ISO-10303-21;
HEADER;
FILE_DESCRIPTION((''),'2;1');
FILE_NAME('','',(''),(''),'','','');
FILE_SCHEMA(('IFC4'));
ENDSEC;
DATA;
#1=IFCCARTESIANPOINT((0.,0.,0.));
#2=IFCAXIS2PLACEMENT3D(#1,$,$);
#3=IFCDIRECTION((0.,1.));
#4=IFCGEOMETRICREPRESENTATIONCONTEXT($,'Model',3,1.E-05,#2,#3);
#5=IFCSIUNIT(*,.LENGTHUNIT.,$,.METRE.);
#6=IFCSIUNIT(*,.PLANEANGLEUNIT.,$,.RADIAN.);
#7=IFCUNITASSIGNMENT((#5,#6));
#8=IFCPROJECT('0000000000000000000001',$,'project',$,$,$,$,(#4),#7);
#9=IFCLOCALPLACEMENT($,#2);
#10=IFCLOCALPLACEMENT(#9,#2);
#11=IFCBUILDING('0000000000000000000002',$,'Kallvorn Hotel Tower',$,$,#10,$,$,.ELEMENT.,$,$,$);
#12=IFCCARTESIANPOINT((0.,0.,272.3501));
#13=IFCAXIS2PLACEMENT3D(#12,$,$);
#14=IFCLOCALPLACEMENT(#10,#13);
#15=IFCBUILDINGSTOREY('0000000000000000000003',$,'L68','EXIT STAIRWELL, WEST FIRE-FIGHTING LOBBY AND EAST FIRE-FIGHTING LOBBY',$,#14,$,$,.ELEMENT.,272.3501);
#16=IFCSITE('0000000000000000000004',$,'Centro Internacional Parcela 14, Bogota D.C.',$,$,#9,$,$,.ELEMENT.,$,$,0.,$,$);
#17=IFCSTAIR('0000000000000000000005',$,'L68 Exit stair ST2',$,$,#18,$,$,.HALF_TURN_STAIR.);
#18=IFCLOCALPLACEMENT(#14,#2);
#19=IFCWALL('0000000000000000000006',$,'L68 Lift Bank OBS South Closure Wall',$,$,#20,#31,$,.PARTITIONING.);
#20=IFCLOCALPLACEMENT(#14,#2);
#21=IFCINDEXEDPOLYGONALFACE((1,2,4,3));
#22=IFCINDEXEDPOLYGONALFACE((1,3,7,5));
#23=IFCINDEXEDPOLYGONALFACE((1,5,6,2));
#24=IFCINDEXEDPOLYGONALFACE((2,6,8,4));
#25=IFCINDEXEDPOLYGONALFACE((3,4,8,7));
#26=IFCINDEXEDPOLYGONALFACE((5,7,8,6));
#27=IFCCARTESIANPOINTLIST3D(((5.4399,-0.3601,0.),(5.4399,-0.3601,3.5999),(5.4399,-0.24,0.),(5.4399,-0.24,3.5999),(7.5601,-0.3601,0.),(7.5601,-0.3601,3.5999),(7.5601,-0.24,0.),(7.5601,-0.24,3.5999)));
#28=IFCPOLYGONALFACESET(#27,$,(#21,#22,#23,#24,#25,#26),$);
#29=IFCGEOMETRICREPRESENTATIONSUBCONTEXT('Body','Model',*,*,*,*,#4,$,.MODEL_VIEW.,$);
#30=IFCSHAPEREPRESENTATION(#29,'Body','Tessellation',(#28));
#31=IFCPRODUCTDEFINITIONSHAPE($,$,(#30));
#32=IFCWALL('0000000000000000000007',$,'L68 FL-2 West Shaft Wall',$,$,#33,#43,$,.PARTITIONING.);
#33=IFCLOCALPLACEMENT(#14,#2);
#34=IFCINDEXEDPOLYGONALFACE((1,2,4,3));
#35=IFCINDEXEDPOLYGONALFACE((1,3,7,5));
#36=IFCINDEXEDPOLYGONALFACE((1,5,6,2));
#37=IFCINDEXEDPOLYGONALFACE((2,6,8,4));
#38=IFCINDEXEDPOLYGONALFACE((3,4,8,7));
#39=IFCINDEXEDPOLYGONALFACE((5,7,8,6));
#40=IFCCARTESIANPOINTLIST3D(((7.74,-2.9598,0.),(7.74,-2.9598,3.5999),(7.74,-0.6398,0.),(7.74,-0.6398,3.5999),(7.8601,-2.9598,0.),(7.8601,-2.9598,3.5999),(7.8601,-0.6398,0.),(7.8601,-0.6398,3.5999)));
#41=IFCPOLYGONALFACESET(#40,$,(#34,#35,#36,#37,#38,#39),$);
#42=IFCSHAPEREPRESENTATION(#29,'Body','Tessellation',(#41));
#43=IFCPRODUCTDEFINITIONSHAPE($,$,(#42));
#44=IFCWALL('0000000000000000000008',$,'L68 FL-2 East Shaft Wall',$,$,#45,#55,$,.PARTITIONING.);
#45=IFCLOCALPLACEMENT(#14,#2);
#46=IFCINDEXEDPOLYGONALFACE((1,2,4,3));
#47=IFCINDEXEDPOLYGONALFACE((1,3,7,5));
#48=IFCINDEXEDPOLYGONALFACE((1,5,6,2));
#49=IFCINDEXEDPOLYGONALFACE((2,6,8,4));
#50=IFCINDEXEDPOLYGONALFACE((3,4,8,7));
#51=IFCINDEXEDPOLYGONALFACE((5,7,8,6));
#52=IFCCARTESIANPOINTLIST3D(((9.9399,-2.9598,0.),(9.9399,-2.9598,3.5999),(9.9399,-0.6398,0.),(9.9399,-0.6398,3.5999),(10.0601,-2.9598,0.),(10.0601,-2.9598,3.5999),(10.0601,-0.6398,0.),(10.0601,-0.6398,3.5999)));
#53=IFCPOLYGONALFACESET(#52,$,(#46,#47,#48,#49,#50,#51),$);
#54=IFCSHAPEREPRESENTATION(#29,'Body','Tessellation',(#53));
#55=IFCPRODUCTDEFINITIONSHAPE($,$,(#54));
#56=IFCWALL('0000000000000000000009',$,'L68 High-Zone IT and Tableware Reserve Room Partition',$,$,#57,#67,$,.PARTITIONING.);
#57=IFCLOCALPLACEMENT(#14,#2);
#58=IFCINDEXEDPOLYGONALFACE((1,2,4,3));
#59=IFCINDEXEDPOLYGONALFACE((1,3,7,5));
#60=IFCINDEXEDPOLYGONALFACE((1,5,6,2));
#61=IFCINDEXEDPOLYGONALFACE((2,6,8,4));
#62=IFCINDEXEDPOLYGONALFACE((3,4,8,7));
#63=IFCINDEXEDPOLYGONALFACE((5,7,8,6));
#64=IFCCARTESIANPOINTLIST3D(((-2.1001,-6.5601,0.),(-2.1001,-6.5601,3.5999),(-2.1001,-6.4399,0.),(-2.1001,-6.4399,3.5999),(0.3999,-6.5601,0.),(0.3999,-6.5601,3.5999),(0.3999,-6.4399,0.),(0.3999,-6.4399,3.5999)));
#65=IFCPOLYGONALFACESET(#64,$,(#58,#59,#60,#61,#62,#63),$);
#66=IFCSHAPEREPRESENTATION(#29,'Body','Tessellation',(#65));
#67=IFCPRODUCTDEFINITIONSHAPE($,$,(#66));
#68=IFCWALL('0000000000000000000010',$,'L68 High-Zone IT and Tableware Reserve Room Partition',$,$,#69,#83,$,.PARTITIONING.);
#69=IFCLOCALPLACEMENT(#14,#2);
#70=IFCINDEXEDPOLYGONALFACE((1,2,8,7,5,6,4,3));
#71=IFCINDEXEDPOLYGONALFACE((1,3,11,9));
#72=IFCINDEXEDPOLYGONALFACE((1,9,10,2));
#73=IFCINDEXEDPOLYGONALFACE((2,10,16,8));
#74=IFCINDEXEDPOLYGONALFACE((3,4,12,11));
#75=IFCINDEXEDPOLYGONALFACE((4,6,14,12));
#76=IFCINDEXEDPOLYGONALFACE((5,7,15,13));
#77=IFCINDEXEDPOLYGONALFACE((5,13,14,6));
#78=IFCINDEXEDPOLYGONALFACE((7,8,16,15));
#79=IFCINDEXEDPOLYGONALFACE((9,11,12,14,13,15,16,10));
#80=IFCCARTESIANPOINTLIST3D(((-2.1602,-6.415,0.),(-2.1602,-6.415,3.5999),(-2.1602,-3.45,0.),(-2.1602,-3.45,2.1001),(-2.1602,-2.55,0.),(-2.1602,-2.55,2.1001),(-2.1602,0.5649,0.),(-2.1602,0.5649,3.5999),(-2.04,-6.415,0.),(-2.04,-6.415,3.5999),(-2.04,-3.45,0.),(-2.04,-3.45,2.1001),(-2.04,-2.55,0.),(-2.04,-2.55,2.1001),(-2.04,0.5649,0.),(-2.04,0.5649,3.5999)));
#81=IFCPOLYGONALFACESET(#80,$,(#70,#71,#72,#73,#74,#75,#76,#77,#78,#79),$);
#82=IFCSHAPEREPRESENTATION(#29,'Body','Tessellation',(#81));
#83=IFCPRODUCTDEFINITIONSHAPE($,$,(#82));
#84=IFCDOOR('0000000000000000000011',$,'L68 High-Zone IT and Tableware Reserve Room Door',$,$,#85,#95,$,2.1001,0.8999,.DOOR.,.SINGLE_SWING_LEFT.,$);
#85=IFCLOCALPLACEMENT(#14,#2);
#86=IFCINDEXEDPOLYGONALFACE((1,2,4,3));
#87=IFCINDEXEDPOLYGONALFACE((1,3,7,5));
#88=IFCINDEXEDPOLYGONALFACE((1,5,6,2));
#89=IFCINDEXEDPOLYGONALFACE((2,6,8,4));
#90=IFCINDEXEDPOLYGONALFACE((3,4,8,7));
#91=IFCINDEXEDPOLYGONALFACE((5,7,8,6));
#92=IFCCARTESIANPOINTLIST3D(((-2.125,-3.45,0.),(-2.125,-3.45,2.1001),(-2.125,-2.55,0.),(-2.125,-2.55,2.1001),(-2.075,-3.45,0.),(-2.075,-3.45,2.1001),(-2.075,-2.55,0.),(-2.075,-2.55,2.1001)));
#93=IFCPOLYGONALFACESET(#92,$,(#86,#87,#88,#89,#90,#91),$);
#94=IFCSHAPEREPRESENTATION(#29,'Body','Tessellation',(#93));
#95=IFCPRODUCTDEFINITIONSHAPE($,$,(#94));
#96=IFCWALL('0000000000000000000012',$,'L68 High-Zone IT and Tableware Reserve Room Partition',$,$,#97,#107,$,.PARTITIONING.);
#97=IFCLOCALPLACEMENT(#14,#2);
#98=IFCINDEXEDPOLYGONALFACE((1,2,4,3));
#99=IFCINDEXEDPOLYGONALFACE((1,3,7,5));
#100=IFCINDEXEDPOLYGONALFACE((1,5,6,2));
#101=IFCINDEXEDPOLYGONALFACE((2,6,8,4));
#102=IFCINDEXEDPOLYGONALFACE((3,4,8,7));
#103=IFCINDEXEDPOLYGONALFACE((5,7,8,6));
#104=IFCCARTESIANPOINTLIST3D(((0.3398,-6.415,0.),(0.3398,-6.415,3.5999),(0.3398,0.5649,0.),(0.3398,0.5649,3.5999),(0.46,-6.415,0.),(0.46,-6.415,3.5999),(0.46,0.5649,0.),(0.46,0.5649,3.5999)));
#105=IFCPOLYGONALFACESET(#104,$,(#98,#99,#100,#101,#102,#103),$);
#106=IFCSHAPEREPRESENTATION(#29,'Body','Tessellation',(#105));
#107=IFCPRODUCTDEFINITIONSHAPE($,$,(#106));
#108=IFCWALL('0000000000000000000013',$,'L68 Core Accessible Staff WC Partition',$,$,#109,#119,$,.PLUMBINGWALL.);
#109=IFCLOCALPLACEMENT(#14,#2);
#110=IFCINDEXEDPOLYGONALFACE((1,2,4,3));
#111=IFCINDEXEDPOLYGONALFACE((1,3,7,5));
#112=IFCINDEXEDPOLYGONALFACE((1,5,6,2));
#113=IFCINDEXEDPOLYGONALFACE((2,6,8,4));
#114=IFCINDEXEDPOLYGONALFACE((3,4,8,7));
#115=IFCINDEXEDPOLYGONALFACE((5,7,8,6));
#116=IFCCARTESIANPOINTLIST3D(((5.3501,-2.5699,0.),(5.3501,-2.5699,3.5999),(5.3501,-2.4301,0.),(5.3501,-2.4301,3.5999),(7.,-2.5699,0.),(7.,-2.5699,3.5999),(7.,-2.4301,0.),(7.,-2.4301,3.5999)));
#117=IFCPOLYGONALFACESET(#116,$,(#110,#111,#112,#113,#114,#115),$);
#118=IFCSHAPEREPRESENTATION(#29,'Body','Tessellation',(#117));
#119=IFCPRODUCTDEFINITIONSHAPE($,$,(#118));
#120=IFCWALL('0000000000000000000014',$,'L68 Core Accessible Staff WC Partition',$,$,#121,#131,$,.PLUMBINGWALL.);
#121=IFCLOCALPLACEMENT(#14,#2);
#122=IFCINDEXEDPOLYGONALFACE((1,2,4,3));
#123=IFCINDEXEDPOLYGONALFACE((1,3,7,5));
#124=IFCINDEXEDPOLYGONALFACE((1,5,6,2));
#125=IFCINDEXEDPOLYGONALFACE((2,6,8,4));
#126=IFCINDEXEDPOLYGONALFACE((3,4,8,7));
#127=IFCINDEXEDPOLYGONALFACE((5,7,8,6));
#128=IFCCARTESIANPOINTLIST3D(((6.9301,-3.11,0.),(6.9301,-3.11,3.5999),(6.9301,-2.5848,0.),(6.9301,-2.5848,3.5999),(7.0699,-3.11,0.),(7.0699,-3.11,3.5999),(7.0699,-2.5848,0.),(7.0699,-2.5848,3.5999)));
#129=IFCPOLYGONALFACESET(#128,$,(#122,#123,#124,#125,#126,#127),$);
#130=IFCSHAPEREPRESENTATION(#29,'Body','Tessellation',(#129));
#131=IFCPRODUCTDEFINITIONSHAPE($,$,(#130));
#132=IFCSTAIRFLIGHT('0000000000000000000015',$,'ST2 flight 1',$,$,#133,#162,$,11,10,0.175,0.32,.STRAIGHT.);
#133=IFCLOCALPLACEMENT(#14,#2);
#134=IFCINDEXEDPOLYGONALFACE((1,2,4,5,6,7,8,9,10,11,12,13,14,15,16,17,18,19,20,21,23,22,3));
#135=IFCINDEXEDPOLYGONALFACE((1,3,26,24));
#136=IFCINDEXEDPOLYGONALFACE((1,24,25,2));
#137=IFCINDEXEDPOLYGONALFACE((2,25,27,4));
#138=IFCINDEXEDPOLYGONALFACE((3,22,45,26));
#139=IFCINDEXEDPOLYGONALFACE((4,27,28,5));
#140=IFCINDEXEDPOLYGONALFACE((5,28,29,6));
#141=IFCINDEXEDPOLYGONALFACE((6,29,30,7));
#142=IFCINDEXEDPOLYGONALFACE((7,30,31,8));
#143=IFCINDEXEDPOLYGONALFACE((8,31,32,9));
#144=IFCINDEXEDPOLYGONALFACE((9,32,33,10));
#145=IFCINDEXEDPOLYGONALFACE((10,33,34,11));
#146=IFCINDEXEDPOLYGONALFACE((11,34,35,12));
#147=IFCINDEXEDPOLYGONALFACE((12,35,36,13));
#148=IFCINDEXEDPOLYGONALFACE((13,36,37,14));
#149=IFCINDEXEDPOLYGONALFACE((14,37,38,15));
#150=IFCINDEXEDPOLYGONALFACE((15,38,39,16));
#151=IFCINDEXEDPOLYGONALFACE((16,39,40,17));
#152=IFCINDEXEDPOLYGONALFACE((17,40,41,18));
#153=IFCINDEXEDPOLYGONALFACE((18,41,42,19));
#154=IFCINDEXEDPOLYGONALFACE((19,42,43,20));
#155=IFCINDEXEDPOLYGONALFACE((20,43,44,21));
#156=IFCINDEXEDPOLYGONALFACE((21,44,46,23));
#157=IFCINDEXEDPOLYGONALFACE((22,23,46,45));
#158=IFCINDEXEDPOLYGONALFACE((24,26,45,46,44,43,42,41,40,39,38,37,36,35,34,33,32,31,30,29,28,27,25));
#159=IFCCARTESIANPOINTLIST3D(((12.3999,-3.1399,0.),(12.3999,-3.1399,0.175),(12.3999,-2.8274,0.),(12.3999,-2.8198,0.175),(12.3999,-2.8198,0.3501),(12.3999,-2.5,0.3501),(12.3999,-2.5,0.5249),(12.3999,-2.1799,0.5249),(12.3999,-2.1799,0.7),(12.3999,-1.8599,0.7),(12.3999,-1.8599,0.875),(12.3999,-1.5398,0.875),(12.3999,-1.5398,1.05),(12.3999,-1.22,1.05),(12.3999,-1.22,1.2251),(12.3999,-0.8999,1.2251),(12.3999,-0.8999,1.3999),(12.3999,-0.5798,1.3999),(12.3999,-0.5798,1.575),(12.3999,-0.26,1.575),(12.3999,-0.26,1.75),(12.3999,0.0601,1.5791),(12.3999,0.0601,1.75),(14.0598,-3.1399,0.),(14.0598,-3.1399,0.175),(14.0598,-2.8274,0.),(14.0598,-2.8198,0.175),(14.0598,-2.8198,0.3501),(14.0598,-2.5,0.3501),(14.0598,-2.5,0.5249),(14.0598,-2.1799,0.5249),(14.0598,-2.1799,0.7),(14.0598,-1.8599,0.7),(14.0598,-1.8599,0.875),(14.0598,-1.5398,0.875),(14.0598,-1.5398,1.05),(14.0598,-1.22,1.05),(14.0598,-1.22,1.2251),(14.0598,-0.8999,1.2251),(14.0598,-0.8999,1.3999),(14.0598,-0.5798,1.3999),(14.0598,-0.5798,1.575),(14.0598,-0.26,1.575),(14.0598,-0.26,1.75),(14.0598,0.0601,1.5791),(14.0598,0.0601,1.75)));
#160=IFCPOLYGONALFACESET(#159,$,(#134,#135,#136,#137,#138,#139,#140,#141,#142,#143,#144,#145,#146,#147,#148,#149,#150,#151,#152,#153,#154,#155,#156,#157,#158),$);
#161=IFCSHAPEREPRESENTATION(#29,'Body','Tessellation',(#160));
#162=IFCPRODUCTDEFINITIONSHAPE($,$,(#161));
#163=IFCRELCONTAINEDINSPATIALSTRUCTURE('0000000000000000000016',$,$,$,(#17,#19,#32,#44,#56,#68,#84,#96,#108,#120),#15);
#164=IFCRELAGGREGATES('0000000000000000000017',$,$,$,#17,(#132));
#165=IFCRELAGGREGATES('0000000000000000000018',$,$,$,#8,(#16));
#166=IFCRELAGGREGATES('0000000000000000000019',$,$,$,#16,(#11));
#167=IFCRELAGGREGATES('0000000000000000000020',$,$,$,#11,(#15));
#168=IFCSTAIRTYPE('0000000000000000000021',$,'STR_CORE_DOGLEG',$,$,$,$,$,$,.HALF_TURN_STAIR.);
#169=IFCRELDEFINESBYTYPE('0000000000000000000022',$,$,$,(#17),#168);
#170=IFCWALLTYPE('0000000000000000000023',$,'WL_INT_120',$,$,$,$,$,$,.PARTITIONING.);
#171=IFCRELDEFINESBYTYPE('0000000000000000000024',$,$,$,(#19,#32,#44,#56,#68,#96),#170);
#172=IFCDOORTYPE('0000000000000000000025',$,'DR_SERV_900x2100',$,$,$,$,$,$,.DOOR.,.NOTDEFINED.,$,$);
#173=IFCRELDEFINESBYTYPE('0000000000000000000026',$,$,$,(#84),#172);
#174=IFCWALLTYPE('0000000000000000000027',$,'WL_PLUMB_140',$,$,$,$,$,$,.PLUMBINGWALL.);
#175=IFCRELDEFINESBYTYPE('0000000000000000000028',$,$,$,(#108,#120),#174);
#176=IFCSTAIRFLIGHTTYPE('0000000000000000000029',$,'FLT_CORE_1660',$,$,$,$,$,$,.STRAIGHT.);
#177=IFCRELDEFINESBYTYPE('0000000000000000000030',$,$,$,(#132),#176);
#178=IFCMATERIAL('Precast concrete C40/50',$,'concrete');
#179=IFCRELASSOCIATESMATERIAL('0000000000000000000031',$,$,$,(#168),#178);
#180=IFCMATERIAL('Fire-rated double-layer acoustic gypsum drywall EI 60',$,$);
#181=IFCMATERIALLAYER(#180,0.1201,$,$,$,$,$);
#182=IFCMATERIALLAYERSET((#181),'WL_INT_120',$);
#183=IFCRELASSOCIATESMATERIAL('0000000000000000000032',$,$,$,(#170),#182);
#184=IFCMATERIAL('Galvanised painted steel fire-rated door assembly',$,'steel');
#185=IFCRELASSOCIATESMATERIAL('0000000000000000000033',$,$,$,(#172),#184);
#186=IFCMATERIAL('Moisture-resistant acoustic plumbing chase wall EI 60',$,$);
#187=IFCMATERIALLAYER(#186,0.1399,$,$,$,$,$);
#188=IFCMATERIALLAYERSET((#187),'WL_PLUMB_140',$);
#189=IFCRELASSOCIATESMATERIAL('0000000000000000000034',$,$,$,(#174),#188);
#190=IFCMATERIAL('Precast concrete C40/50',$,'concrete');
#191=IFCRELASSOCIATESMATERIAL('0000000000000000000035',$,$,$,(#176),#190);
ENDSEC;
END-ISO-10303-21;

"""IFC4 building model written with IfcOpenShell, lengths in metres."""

from ifc_helpers import new_model, si_unit, direction, frame, frame_2d, origin, place, context, subcontext, project, spatial, polyline, rectangle, outline, extrude, material, layer, layer_set, type_object, element, fill, aggregate, save


model = new_model("IFC4")

# Units and contexts
model_context = context("Model", 3, precision=1e-05, world=origin(), true_north=direction((0.0, 1.0)))
body_context = subcontext(model_context, "Body", "Model", "MODEL_VIEW")
ifc_project = project(units=[si_unit("LENGTHUNIT", "METRE"), si_unit("PLANEANGLEUNIT", "RADIAN")], contexts=[model_context])

# Site, building, storey
site_placement = place(None, origin())
site = spatial("IfcSite", under=ifc_project, at=site_placement, Name="Centro Internacional Parcela 14, Bogota D.C.", CompositionType="ELEMENT", RefElevation=0.0)
building_placement = place(site_placement, origin())
building = spatial("IfcBuilding", under=site, at=building_placement, Name="Kallvorn Hotel Tower", CompositionType="ELEMENT")
storey_placement = place(building_placement, frame((0.0, 0.0, 272.3501)))
storey = spatial("IfcBuildingStorey", under=building, at=storey_placement, Name="L68", Description="EXIT STAIRWELL, WEST FIRE-FIGHTING LOBBY AND EAST FIRE-FIGHTING LOBBY", CompositionType="ELEMENT", Elevation=272.3501)

# Stair
ifc_material_1 = material(Name="Precast concrete C40/50", Category="concrete")
stair_type = type_object("IfcStairType", Name="STR_CORE_DOGLEG", PredefinedType="HALF_TURN_STAIR", material=ifc_material_1)
stair_1_placement = place(storey_placement, origin())
stair_1 = element("IfcStair", 1, at=stair_1_placement, inside=storey, type_object=stair_type, Name="L68 Exit stair ST2", PredefinedType="HALF_TURN_STAIR")

# Walls
ifc_material_2 = material(Name="Fire-rated double-layer acoustic gypsum drywall EI 60")
ifc_layer_1 = layer(ifc_material_2, 0.1201)
ifc_layer_set_1 = layer_set([ifc_layer_1], Name="WL_INT_120")
wall_type_1 = type_object("IfcWallType", Name="WL_INT_120", PredefinedType="PARTITIONING", material=ifc_layer_set_1)
wall_1_placement = place(storey_placement, frame((5.4399, -0.3, 0.0), z_axis=(0.0, 0.0, 1.0), x_axis=(1.0, 0.0, 0.0)))
element("IfcWall", 2, at=wall_1_placement, inside=storey, type_object=wall_type_1, Name="L68 Lift Bank OBS South Closure Wall", PredefinedType="PARTITIONING", context=body_context, shape_type="SweptSolid", body=[
    extrude(rectangle(XDim=2.1201, YDim=0.1201, at=frame_2d((1.0601, 0.0))), origin(), (0.0, 0.0, 1.0), 3.5999),
])
for number, where, z_axis, x_axis, name in (
    (3, (7.8, -2.96, 0.0), (0.0, 0.0, 1.0), (0.0, 1.0, 0.0), "L68 FL-2 West Shaft Wall"),
    (4, (10.0, -2.96, 0.0), (0.0, 0.0, 1.0), (0.0, 1.0, 0.0), "L68 FL-2 East Shaft Wall"),
):
    element("IfcWall", number, at=place(storey_placement, frame(where, z_axis=z_axis, x_axis=x_axis)), inside=storey, type_object=wall_type_1, Name=name, PredefinedType="PARTITIONING", context=body_context, shape_type="SweptSolid", body=[
        extrude(rectangle(XDim=2.3201, YDim=0.1201, at=frame_2d((1.1602, 0.0))), origin(), (0.0, 0.0, 1.0), 3.5999),
    ])
wall_2_placement = place(storey_placement, frame((-2.1001, -6.5, 0.0), z_axis=(0.0, 0.0, 1.0), x_axis=(1.0, 0.0, 0.0)))
element("IfcWall", 5, at=wall_2_placement, inside=storey, type_object=wall_type_1, Name="L68 High-Zone IT and Tableware Reserve Room Partition", PredefinedType="PARTITIONING", context=body_context, shape_type="SweptSolid", body=[
    extrude(rectangle(XDim=2.5, YDim=0.1201, at=frame_2d((1.25, 0.0))), origin(), (0.0, 0.0, 1.0), 3.5999),
])

# Wall, opening, door
wall_3_placement = place(storey_placement, frame((-2.1001, -6.415, 0.0), z_axis=(0.0, 0.0, 1.0), x_axis=(0.0, 1.0, 0.0)))
wall_3 = element("IfcWall", 6, at=wall_3_placement, inside=storey, type_object=wall_type_1, Name="L68 High-Zone IT and Tableware Reserve Room Partition", PredefinedType="PARTITIONING", context=body_context, shape_type="SweptSolid", body=[
    extrude(rectangle(XDim=6.98, YDim=0.1201, at=frame_2d((3.49, 0.0))), origin(), (0.0, 0.0, 1.0), 3.5999),
])
opening_1_placement = place(wall_3_placement, frame((2.9651, 0.0, 0.0)))
opening_1 = element("IfcOpeningElement", 7, at=opening_1_placement, cuts=wall_3, PredefinedType="OPENING", context=body_context, shape_type="SweptSolid", body=[
    extrude(rectangle(XDim=0.8999, YDim=2.1001, at=frame_2d((0.45, 1.05))), frame((0.0, 0.075, 0.0), z_axis=(0.0, -1.0, 0.0), x_axis=(1.0, 0.0, 0.0)), (0.0, 0.0, 1.0), 0.1501),
])
ifc_material_3 = material(Name="Galvanised painted steel fire-rated door assembly", Category="steel")
door_type_1 = type_object("IfcDoorType", Name="DR_SERV_900x2100", OperationType="NOTDEFINED", PredefinedType="DOOR", material=ifc_material_3)
door_1_placement = place(opening_1_placement, origin())
door_1 = element("IfcDoor", 8, at=door_1_placement, inside=storey, type_object=door_type_1, Name="L68 High-Zone IT and Tableware Reserve Room Door", OperationType="SINGLE_SWING_LEFT", OverallHeight=2.1001, OverallWidth=0.8999, PredefinedType="DOOR", context=body_context, shape_type="SweptSolid", body=[
    extrude(rectangle(XDim=0.8999, YDim=2.1001, at=frame_2d((0.45, 1.05))), frame((0.0, 0.0249, 0.0), z_axis=(0.0, -1.0, 0.0), x_axis=(1.0, 0.0, 0.0)), (0.0, 0.0, 1.0), 0.05),
])
fill(opening_1, door_1)

# Walls
wall_4_placement = place(storey_placement, frame((0.3999, -6.415, 0.0), z_axis=(0.0, 0.0, 1.0), x_axis=(0.0, 1.0, 0.0)))
element("IfcWall", 9, at=wall_4_placement, inside=storey, type_object=wall_type_1, Name="L68 High-Zone IT and Tableware Reserve Room Partition", PredefinedType="PARTITIONING", context=body_context, shape_type="SweptSolid", body=[
    extrude(rectangle(XDim=6.98, YDim=0.1201, at=frame_2d((3.49, 0.0))), origin(), (0.0, 0.0, 1.0), 3.5999),
])
ifc_material_4 = material(Name="Moisture-resistant acoustic plumbing chase wall EI 60")
ifc_layer_2 = layer(ifc_material_4, 0.1399)
ifc_layer_set_2 = layer_set([ifc_layer_2], Name="WL_PLUMB_140")
wall_type_2 = type_object("IfcWallType", Name="WL_PLUMB_140", PredefinedType="PLUMBINGWALL", material=ifc_layer_set_2)
wall_5_placement = place(storey_placement, frame((5.3501, -2.5, 0.0), z_axis=(0.0, 0.0, 1.0), x_axis=(1.0, 0.0, 0.0)))
element("IfcWall", 10, at=wall_5_placement, inside=storey, type_object=wall_type_2, Name="L68 Core Accessible Staff WC Partition", PredefinedType="PLUMBINGWALL", context=body_context, shape_type="SweptSolid", body=[
    extrude(rectangle(XDim=1.6499, YDim=0.1399, at=frame_2d((0.825, 0.0))), origin(), (0.0, 0.0, 1.0), 3.5999),
])
wall_6_placement = place(storey_placement, frame((7.0, -3.1101, 0.0), z_axis=(0.0, 0.0, 1.0), x_axis=(0.0, 1.0, 0.0)))
element("IfcWall", 11, at=wall_6_placement, inside=storey, type_object=wall_type_2, Name="L68 Core Accessible Staff WC Partition", PredefinedType="PLUMBINGWALL", context=body_context, shape_type="SweptSolid", body=[
    extrude(rectangle(XDim=0.5251, YDim=0.1399, at=frame_2d((0.2627, 0.0))), origin(), (0.0, 0.0, 1.0), 3.5999),
])

# Stair flight
ifc_material_5 = material(Name="Precast concrete C40/50", Category="concrete")
stair_flight_type = type_object("IfcStairFlightType", Name="FLT_CORE_1660", PredefinedType="STRAIGHT", material=ifc_material_5)
stair_flight_1_placement = place(storey_placement, frame((13.23, -3.1399, 0.0), z_axis=(0.0, 0.0, 1.0), x_axis=(0.0, 1.0, 0.0)))
stair_flight_1 = element("IfcStairFlight", 12, at=stair_flight_1_placement, type_object=stair_flight_type, Name="ST2 flight 1", NumberOfRisers=11, NumberOfTreads=10, PredefinedType="STRAIGHT", RiserHeight=0.175, TreadLength=0.32, context=body_context, shape_type="SweptSolid", body=[
    extrude(outline(polyline([(0.0, 0.0), (0.0, 0.175), (0.3201, 0.175), (0.3201, 0.3501), (0.6399, 0.3501), (0.6399, 0.5249), (0.96, 0.5249), (0.96, 0.7), (1.28, 0.7), (1.28, 0.875), (1.6001, 0.875), (1.6001, 1.05), (1.9199, 1.05), (1.9199, 1.2251), (2.24, 1.2251), (2.24, 1.3999), (2.5601, 1.3999), (2.5601, 1.575), (2.8799, 1.575), (2.8799, 1.75), (3.2, 1.75), (3.2, 1.925), (3.2, 1.5791), (0.3125, 0.0), (0.0, 0.0)])), frame((0.0, 0.8301, 0.0), z_axis=(0.0, -1.0, 0.0), x_axis=(1.0, 0.0, 0.0)), (0.0, 0.0, 1.0), 1.6599),
])
aggregate(stair_1, [stair_flight_1])

save(model, "model.ifc")
